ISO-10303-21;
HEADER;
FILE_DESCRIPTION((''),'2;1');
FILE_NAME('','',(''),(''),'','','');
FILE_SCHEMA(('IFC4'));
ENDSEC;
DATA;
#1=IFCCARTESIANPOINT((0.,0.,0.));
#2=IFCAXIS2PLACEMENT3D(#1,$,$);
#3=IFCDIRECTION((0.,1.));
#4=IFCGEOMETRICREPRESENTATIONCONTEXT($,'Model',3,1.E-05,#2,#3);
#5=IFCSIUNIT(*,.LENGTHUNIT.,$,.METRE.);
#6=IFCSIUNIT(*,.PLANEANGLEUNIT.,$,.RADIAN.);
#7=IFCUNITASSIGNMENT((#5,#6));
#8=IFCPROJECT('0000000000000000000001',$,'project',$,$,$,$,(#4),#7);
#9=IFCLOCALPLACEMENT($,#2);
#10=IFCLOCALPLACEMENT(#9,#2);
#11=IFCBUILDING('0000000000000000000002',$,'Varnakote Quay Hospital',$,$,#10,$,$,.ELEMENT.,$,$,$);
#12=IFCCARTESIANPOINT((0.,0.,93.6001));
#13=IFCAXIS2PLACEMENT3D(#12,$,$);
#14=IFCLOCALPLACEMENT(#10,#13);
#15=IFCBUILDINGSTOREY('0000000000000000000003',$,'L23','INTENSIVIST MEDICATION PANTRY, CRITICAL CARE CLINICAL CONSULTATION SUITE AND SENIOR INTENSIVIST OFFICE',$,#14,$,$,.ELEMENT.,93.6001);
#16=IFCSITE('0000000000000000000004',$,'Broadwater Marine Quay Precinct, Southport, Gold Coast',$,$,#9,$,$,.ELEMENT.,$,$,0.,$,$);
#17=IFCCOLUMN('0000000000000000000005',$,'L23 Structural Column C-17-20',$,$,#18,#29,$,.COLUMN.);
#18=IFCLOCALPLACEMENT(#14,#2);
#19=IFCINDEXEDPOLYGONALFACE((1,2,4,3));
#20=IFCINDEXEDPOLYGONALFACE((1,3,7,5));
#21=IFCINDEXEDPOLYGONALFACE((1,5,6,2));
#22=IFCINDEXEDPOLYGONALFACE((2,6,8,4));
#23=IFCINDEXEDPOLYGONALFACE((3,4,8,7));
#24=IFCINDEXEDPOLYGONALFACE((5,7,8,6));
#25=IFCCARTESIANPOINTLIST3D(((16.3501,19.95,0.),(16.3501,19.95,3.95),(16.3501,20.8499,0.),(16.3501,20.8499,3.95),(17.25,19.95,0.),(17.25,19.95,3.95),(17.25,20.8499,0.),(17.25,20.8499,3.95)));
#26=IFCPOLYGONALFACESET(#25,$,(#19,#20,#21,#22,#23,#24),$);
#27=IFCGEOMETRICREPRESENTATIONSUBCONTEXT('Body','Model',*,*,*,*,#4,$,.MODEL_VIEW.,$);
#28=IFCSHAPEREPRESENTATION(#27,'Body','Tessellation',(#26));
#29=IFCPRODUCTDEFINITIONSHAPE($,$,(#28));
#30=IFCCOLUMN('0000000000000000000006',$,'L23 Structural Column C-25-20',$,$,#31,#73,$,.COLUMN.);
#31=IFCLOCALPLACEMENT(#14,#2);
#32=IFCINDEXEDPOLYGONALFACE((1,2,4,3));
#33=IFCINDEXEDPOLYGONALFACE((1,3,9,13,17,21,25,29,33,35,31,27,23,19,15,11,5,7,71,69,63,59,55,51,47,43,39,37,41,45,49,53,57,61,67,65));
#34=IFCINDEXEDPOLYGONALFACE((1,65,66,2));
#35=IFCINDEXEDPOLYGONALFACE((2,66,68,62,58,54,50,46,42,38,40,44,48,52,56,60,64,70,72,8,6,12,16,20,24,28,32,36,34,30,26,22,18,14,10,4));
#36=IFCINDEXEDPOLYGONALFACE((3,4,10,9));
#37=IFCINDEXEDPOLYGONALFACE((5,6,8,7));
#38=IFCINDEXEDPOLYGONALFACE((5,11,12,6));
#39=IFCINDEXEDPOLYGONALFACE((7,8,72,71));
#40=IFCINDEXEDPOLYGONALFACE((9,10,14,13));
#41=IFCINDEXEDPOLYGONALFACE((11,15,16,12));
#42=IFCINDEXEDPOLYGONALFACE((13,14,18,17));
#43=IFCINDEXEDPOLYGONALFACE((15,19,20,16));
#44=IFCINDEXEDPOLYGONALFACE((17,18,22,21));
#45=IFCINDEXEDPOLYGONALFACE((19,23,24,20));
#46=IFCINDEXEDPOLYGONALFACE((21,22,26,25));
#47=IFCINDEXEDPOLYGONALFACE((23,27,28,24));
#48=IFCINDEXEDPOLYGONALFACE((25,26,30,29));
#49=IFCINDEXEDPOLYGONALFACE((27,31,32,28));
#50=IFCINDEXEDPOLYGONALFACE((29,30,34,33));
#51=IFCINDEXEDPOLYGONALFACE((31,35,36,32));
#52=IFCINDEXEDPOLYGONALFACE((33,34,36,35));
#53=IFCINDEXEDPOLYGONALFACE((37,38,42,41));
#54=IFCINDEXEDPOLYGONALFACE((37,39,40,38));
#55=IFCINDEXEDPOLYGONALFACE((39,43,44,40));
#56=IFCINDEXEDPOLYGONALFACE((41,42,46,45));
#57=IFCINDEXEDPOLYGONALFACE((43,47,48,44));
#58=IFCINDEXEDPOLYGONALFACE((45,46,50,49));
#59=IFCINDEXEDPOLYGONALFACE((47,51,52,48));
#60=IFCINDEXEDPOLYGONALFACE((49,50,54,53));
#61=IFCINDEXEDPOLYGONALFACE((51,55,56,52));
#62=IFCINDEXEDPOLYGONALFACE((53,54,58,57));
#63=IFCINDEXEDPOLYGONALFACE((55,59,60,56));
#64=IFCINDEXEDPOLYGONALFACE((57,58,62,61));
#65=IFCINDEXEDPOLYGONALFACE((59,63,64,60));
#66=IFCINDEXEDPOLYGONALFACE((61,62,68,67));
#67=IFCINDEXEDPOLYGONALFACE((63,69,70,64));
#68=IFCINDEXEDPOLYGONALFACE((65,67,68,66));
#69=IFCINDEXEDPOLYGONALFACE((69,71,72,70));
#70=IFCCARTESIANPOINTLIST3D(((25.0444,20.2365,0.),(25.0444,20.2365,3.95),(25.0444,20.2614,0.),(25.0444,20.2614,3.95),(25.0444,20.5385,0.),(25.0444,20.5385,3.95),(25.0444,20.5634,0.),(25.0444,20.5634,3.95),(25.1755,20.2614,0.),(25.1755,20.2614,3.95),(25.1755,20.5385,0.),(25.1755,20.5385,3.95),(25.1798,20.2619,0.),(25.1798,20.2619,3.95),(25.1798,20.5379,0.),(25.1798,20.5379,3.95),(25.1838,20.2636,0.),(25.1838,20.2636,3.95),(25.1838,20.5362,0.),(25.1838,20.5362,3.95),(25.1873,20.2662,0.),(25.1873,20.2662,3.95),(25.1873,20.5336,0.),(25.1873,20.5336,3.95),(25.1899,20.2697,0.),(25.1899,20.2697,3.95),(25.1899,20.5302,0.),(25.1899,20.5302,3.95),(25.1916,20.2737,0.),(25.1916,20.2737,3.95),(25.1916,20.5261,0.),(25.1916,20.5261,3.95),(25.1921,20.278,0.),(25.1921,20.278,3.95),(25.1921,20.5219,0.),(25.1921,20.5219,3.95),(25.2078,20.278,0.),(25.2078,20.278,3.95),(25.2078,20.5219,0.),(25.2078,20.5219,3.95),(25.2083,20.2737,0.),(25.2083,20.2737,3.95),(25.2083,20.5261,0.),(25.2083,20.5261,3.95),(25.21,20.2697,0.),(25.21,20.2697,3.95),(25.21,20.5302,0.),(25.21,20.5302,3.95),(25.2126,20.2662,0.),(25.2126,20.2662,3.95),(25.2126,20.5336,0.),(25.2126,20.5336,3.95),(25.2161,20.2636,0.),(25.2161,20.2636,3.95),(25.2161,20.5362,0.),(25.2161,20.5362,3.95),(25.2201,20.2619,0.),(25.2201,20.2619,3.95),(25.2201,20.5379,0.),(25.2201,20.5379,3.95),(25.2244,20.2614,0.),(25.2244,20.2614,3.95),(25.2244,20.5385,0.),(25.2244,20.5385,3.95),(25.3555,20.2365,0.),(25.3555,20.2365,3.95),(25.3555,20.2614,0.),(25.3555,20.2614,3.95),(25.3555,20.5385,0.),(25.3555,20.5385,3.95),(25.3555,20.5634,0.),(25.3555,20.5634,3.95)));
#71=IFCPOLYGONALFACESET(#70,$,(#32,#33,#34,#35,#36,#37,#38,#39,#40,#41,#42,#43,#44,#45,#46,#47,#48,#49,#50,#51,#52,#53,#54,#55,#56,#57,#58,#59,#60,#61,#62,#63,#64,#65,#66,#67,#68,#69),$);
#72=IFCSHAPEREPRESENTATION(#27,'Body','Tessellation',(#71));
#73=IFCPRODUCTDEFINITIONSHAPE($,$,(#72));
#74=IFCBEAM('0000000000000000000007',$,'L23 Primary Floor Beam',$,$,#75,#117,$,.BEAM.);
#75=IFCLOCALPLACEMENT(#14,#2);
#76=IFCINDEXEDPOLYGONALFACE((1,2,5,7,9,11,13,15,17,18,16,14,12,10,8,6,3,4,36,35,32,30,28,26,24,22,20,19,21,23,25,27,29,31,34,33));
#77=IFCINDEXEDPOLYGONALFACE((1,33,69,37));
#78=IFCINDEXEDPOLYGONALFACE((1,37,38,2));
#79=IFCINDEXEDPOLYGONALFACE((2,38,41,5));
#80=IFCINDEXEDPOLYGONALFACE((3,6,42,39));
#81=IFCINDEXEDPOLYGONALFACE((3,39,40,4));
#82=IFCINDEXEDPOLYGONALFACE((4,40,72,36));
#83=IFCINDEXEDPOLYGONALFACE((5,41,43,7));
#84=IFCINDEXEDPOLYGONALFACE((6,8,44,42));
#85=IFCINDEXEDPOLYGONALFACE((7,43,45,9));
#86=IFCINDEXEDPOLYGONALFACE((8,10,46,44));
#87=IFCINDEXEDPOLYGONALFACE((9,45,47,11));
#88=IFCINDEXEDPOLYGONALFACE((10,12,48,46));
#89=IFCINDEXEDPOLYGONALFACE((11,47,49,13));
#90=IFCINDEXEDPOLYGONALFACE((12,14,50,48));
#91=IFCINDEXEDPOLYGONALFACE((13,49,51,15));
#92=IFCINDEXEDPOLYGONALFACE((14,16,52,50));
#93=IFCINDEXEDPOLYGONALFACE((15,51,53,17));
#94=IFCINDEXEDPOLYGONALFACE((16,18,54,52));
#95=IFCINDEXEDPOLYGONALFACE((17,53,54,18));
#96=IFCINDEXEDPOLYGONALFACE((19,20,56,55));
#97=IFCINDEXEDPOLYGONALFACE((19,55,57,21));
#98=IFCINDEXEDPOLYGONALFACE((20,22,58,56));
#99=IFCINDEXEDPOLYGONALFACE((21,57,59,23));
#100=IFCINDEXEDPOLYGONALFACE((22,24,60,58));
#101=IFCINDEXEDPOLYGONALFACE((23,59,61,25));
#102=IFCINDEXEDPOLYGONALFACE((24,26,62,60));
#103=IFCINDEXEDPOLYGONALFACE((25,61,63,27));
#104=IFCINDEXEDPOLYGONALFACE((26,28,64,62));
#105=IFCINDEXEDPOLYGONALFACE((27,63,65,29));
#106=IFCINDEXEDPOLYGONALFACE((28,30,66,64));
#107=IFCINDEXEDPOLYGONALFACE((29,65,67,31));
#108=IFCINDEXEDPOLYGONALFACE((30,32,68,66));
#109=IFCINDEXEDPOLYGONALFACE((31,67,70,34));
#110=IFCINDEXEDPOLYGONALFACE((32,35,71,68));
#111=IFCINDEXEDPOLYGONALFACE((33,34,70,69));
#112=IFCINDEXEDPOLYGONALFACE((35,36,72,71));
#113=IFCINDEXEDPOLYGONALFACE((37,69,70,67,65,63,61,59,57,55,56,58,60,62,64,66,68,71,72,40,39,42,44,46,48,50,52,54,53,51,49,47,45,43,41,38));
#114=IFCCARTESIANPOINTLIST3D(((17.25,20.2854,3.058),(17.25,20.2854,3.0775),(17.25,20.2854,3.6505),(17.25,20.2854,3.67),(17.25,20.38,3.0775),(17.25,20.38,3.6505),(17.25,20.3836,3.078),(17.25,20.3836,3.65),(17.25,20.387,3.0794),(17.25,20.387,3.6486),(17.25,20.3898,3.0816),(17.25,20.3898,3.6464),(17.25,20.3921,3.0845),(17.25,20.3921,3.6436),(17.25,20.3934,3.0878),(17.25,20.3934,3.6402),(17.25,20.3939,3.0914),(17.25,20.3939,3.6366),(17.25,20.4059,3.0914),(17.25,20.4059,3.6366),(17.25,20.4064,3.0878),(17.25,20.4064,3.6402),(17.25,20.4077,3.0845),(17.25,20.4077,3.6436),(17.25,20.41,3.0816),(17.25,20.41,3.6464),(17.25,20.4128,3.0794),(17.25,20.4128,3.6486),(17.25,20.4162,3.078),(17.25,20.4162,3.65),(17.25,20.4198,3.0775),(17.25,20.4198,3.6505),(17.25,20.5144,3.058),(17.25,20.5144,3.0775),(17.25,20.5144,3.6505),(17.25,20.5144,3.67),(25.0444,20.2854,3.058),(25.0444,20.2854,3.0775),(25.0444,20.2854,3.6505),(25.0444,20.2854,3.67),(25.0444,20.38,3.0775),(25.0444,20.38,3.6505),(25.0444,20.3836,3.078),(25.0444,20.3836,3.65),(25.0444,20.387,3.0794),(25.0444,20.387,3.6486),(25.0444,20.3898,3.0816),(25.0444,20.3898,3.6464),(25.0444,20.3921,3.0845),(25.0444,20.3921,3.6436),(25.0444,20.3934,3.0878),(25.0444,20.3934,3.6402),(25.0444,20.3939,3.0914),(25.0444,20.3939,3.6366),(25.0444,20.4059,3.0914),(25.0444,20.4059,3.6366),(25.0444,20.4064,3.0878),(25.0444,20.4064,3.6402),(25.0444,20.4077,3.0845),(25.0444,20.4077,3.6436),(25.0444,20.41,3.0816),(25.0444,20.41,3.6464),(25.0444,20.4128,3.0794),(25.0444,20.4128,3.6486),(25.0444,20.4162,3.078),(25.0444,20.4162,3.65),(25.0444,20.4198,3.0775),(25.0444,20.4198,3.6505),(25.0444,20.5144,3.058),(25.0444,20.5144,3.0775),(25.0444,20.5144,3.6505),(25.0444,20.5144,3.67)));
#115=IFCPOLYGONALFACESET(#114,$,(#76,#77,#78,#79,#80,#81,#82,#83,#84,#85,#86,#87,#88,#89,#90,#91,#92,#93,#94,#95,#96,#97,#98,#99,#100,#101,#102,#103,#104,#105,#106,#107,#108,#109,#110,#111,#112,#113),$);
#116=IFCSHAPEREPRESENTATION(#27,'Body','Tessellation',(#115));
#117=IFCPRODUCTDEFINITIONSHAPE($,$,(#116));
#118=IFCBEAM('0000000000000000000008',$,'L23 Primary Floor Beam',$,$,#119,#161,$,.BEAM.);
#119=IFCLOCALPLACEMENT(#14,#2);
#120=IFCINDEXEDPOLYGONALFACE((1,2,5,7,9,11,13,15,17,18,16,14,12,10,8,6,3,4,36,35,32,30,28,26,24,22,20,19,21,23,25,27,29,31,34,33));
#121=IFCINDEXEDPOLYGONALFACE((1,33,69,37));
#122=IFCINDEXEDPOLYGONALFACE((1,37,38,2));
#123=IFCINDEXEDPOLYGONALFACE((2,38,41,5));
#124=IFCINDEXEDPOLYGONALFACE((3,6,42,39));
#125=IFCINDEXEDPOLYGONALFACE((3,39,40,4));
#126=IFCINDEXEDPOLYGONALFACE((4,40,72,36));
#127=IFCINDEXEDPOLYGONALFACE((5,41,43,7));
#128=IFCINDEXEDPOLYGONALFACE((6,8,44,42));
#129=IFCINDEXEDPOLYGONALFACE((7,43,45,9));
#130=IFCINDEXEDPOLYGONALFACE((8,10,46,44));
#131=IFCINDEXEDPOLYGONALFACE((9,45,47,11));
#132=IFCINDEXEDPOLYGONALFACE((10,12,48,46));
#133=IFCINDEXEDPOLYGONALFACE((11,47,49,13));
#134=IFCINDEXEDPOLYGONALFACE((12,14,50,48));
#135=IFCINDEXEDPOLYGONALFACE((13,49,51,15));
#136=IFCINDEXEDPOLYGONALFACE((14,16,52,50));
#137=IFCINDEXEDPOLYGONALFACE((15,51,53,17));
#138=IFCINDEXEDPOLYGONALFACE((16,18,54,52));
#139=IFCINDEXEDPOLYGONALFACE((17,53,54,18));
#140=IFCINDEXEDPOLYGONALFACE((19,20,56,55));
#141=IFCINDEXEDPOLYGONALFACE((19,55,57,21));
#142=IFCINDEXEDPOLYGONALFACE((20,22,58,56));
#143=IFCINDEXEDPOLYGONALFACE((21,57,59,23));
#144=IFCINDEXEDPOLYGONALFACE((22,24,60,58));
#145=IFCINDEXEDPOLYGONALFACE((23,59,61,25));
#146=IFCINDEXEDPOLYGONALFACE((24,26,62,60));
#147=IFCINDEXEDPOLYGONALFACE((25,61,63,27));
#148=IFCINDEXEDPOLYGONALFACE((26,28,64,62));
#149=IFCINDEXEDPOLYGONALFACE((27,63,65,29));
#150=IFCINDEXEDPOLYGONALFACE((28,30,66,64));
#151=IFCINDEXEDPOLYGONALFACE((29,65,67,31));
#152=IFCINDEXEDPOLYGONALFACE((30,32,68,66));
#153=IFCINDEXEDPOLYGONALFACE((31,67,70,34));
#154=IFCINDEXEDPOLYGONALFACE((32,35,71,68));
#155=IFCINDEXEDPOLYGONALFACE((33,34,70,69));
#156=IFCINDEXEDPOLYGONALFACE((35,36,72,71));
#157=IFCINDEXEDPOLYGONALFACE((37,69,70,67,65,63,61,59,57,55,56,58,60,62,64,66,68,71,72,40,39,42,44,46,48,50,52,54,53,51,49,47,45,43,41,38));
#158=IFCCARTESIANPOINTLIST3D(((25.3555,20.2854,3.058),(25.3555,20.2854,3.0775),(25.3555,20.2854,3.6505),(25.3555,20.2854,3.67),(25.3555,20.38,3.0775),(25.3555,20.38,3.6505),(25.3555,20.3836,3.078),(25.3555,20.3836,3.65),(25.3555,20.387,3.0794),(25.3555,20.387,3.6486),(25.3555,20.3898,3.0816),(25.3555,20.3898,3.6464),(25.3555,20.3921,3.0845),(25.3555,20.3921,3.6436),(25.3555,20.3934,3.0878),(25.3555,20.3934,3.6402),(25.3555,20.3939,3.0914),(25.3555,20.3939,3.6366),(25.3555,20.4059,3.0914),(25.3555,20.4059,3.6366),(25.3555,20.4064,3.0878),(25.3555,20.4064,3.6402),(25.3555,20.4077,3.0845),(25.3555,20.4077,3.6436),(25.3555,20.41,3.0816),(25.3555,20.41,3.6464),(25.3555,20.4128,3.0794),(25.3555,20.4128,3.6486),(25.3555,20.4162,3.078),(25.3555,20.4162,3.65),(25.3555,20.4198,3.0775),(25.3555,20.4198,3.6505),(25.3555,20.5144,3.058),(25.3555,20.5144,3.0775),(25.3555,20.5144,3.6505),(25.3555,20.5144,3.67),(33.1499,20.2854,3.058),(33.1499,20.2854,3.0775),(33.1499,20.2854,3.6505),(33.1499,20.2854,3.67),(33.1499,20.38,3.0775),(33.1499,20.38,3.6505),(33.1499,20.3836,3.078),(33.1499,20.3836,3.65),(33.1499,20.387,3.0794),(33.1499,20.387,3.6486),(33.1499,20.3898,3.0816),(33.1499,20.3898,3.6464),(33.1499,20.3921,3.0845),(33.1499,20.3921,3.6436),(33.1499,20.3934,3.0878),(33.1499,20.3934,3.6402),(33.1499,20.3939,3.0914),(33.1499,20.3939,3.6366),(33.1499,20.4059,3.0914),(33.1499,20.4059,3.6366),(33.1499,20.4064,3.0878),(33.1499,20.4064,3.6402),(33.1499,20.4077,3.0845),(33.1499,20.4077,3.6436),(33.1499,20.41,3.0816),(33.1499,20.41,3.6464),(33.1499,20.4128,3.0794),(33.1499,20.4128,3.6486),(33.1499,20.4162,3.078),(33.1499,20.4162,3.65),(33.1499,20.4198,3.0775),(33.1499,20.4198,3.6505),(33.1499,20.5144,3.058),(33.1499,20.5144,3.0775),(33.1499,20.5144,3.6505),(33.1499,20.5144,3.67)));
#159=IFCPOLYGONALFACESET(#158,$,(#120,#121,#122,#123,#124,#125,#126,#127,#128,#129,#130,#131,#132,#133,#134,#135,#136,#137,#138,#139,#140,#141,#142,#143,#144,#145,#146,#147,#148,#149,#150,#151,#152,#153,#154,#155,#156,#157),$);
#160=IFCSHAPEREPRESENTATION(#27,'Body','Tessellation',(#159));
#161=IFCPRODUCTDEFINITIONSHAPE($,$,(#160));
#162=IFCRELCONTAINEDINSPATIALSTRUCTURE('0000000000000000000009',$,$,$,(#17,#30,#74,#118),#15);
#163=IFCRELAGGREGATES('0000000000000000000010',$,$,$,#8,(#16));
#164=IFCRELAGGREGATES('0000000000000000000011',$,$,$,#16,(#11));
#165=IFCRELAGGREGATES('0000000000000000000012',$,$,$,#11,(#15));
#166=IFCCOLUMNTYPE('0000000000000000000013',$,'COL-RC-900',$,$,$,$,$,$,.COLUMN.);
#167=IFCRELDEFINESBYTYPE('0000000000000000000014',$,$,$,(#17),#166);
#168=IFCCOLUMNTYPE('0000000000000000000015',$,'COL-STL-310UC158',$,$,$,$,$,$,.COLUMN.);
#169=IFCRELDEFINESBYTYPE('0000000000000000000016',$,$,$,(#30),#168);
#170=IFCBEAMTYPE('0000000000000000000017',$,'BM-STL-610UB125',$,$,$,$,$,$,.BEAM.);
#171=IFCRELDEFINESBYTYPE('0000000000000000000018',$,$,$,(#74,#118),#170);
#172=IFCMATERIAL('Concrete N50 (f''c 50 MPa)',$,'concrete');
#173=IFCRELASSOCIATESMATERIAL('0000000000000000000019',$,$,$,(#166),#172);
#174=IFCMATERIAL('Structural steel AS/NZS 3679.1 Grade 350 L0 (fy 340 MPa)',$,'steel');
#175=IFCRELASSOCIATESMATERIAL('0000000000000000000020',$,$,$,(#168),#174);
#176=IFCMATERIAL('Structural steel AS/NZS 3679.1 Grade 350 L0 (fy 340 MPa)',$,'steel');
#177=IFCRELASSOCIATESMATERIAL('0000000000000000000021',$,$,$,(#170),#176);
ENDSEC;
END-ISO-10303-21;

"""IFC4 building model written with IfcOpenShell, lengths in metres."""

from ifc_helpers import new_model, si_unit, direction, frame, origin, origin_2d, place, context, subcontext, project, spatial, rectangle, i_section, extrude, material, material_profile, profile_set, type_object, element, save


model = new_model("IFC4")

# Units and contexts
model_context = context("Model", 3, precision=1e-05, world=origin(), true_north=direction((0.0, 1.0)))
body_context = subcontext(model_context, "Body", "Model", "MODEL_VIEW")
ifc_project = project(units=[si_unit("LENGTHUNIT", "METRE"), si_unit("PLANEANGLEUNIT", "RADIAN")], contexts=[model_context])

# Site, building, storey
site_placement = place(None, origin())
site = spatial("IfcSite", under=ifc_project, at=site_placement, Name="Broadwater Marine Quay Precinct, Southport, Gold Coast", CompositionType="ELEMENT", RefElevation=0.0)
building_placement = place(site_placement, origin())
building = spatial("IfcBuilding", under=site, at=building_placement, Name="Varnakote Quay Hospital", CompositionType="ELEMENT")
storey_placement = place(building_placement, frame((0.0, 0.0, 93.6001)))
storey = spatial("IfcBuildingStorey", under=building, at=storey_placement, Name="L23", Description="INTENSIVIST MEDICATION PANTRY, CRITICAL CARE CLINICAL CONSULTATION SUITE AND SENIOR INTENSIVIST OFFICE", CompositionType="ELEMENT", Elevation=93.6001)

# Columns
ifc_material_1 = material(Name="Concrete N50 (f'c 50 MPa)", Category="concrete")
ifc_material_profile_1 = material_profile(ifc_material_1, rectangle(XDim=0.8999, YDim=0.8999, at=origin_2d()), Name="RC-COL-900x900")
ifc_profile_set_1 = profile_set([ifc_material_profile_1], Name="Concrete N50 (f'c 50 MPa)")
column_type_1 = type_object("IfcColumnType", Name="COL-RC-900", PredefinedType="COLUMN", material=ifc_profile_set_1)
column_1_placement = place(storey_placement, frame((16.8, 20.3999, 0.0), z_axis=(0.0, 0.0, 1.0), x_axis=(1.0, 0.0, 0.0)))
element("IfcColumn", 1, at=column_1_placement, inside=storey, type_object=column_type_1, Name="L23 Structural Column C-17-20", PredefinedType="COLUMN", context=body_context, shape_type="SweptSolid", body=[
    extrude(rectangle(XDim=0.8999, YDim=0.8999, at=origin_2d()), origin(), (0.0, 0.0, 1.0), 3.95),
])
ifc_material_2 = material(Name="Structural steel AS/NZS 3679.1 Grade 350 L0 (fy 340 MPa)", Category="steel")
ifc_material_profile_2 = material_profile(ifc_material_2, i_section(OverallWidth=0.311, OverallDepth=0.3269, WebThickness=0.0156, FlangeThickness=0.0249, FilletRadius=0.0166, at=origin_2d()), Name="310UC158")
ifc_profile_set_2 = profile_set([ifc_material_profile_2], Name="Structural steel AS/NZS 3679.1 Grade 350 L0 (fy 340 MPa)")
column_type_2 = type_object("IfcColumnType", Name="COL-STL-310UC158", PredefinedType="COLUMN", material=ifc_profile_set_2)
column_2_placement = place(storey_placement, frame((25.2, 20.3999, 0.0), z_axis=(0.0, 0.0, 1.0), x_axis=(1.0, 0.0, 0.0)))
element("IfcColumn", 2, at=column_2_placement, inside=storey, type_object=column_type_2, Name="L23 Structural Column C-25-20", PredefinedType="COLUMN", context=body_context, shape_type="SweptSolid", body=[
    extrude(i_section(OverallWidth=0.311, OverallDepth=0.3269, WebThickness=0.0156, FlangeThickness=0.0249, FilletRadius=0.0166, at=origin_2d()), origin(), (0.0, 0.0, 1.0), 3.95),
])

# Beams
ifc_material_3 = material(Name="Structural steel AS/NZS 3679.1 Grade 350 L0 (fy 340 MPa)", Category="steel")
ifc_material_profile_3 = material_profile(ifc_material_3, i_section(OverallWidth=0.229, OverallDepth=0.6121, WebThickness=0.012, FlangeThickness=0.0195, FilletRadius=0.0139, at=origin_2d()), Name="610UB125")
ifc_profile_set_3 = profile_set([ifc_material_profile_3], Name="Structural steel AS/NZS 3679.1 Grade 350 L0 (fy 340 MPa)")
beam_type_1 = type_object("IfcBeamType", Name="BM-STL-610UB125", PredefinedType="BEAM", material=ifc_profile_set_3)
for number, where, z_axis, x_axis, name in (
    (3, (17.25, 20.3999, 3.364), (1.0, 0.0, 0.0), (0.0, 1.0, 0.0), "L23 Primary Floor Beam"),
    (4, (25.3555, 20.3999, 3.364), (1.0, 0.0, 0.0), (0.0, 1.0, 0.0), "L23 Primary Floor Beam"),
):
    element("IfcBeam", number, at=place(storey_placement, frame(where, z_axis=z_axis, x_axis=x_axis)), inside=storey, type_object=beam_type_1, Name=name, PredefinedType="BEAM", context=body_context, shape_type="SweptSolid", body=[
        extrude(i_section(OverallWidth=0.229, OverallDepth=0.6121, WebThickness=0.012, FlangeThickness=0.0195, FilletRadius=0.0139, at=origin_2d()), origin(), (0.0, 0.0, 1.0), 7.7944),
    ])

save(model, "model.ifc")
